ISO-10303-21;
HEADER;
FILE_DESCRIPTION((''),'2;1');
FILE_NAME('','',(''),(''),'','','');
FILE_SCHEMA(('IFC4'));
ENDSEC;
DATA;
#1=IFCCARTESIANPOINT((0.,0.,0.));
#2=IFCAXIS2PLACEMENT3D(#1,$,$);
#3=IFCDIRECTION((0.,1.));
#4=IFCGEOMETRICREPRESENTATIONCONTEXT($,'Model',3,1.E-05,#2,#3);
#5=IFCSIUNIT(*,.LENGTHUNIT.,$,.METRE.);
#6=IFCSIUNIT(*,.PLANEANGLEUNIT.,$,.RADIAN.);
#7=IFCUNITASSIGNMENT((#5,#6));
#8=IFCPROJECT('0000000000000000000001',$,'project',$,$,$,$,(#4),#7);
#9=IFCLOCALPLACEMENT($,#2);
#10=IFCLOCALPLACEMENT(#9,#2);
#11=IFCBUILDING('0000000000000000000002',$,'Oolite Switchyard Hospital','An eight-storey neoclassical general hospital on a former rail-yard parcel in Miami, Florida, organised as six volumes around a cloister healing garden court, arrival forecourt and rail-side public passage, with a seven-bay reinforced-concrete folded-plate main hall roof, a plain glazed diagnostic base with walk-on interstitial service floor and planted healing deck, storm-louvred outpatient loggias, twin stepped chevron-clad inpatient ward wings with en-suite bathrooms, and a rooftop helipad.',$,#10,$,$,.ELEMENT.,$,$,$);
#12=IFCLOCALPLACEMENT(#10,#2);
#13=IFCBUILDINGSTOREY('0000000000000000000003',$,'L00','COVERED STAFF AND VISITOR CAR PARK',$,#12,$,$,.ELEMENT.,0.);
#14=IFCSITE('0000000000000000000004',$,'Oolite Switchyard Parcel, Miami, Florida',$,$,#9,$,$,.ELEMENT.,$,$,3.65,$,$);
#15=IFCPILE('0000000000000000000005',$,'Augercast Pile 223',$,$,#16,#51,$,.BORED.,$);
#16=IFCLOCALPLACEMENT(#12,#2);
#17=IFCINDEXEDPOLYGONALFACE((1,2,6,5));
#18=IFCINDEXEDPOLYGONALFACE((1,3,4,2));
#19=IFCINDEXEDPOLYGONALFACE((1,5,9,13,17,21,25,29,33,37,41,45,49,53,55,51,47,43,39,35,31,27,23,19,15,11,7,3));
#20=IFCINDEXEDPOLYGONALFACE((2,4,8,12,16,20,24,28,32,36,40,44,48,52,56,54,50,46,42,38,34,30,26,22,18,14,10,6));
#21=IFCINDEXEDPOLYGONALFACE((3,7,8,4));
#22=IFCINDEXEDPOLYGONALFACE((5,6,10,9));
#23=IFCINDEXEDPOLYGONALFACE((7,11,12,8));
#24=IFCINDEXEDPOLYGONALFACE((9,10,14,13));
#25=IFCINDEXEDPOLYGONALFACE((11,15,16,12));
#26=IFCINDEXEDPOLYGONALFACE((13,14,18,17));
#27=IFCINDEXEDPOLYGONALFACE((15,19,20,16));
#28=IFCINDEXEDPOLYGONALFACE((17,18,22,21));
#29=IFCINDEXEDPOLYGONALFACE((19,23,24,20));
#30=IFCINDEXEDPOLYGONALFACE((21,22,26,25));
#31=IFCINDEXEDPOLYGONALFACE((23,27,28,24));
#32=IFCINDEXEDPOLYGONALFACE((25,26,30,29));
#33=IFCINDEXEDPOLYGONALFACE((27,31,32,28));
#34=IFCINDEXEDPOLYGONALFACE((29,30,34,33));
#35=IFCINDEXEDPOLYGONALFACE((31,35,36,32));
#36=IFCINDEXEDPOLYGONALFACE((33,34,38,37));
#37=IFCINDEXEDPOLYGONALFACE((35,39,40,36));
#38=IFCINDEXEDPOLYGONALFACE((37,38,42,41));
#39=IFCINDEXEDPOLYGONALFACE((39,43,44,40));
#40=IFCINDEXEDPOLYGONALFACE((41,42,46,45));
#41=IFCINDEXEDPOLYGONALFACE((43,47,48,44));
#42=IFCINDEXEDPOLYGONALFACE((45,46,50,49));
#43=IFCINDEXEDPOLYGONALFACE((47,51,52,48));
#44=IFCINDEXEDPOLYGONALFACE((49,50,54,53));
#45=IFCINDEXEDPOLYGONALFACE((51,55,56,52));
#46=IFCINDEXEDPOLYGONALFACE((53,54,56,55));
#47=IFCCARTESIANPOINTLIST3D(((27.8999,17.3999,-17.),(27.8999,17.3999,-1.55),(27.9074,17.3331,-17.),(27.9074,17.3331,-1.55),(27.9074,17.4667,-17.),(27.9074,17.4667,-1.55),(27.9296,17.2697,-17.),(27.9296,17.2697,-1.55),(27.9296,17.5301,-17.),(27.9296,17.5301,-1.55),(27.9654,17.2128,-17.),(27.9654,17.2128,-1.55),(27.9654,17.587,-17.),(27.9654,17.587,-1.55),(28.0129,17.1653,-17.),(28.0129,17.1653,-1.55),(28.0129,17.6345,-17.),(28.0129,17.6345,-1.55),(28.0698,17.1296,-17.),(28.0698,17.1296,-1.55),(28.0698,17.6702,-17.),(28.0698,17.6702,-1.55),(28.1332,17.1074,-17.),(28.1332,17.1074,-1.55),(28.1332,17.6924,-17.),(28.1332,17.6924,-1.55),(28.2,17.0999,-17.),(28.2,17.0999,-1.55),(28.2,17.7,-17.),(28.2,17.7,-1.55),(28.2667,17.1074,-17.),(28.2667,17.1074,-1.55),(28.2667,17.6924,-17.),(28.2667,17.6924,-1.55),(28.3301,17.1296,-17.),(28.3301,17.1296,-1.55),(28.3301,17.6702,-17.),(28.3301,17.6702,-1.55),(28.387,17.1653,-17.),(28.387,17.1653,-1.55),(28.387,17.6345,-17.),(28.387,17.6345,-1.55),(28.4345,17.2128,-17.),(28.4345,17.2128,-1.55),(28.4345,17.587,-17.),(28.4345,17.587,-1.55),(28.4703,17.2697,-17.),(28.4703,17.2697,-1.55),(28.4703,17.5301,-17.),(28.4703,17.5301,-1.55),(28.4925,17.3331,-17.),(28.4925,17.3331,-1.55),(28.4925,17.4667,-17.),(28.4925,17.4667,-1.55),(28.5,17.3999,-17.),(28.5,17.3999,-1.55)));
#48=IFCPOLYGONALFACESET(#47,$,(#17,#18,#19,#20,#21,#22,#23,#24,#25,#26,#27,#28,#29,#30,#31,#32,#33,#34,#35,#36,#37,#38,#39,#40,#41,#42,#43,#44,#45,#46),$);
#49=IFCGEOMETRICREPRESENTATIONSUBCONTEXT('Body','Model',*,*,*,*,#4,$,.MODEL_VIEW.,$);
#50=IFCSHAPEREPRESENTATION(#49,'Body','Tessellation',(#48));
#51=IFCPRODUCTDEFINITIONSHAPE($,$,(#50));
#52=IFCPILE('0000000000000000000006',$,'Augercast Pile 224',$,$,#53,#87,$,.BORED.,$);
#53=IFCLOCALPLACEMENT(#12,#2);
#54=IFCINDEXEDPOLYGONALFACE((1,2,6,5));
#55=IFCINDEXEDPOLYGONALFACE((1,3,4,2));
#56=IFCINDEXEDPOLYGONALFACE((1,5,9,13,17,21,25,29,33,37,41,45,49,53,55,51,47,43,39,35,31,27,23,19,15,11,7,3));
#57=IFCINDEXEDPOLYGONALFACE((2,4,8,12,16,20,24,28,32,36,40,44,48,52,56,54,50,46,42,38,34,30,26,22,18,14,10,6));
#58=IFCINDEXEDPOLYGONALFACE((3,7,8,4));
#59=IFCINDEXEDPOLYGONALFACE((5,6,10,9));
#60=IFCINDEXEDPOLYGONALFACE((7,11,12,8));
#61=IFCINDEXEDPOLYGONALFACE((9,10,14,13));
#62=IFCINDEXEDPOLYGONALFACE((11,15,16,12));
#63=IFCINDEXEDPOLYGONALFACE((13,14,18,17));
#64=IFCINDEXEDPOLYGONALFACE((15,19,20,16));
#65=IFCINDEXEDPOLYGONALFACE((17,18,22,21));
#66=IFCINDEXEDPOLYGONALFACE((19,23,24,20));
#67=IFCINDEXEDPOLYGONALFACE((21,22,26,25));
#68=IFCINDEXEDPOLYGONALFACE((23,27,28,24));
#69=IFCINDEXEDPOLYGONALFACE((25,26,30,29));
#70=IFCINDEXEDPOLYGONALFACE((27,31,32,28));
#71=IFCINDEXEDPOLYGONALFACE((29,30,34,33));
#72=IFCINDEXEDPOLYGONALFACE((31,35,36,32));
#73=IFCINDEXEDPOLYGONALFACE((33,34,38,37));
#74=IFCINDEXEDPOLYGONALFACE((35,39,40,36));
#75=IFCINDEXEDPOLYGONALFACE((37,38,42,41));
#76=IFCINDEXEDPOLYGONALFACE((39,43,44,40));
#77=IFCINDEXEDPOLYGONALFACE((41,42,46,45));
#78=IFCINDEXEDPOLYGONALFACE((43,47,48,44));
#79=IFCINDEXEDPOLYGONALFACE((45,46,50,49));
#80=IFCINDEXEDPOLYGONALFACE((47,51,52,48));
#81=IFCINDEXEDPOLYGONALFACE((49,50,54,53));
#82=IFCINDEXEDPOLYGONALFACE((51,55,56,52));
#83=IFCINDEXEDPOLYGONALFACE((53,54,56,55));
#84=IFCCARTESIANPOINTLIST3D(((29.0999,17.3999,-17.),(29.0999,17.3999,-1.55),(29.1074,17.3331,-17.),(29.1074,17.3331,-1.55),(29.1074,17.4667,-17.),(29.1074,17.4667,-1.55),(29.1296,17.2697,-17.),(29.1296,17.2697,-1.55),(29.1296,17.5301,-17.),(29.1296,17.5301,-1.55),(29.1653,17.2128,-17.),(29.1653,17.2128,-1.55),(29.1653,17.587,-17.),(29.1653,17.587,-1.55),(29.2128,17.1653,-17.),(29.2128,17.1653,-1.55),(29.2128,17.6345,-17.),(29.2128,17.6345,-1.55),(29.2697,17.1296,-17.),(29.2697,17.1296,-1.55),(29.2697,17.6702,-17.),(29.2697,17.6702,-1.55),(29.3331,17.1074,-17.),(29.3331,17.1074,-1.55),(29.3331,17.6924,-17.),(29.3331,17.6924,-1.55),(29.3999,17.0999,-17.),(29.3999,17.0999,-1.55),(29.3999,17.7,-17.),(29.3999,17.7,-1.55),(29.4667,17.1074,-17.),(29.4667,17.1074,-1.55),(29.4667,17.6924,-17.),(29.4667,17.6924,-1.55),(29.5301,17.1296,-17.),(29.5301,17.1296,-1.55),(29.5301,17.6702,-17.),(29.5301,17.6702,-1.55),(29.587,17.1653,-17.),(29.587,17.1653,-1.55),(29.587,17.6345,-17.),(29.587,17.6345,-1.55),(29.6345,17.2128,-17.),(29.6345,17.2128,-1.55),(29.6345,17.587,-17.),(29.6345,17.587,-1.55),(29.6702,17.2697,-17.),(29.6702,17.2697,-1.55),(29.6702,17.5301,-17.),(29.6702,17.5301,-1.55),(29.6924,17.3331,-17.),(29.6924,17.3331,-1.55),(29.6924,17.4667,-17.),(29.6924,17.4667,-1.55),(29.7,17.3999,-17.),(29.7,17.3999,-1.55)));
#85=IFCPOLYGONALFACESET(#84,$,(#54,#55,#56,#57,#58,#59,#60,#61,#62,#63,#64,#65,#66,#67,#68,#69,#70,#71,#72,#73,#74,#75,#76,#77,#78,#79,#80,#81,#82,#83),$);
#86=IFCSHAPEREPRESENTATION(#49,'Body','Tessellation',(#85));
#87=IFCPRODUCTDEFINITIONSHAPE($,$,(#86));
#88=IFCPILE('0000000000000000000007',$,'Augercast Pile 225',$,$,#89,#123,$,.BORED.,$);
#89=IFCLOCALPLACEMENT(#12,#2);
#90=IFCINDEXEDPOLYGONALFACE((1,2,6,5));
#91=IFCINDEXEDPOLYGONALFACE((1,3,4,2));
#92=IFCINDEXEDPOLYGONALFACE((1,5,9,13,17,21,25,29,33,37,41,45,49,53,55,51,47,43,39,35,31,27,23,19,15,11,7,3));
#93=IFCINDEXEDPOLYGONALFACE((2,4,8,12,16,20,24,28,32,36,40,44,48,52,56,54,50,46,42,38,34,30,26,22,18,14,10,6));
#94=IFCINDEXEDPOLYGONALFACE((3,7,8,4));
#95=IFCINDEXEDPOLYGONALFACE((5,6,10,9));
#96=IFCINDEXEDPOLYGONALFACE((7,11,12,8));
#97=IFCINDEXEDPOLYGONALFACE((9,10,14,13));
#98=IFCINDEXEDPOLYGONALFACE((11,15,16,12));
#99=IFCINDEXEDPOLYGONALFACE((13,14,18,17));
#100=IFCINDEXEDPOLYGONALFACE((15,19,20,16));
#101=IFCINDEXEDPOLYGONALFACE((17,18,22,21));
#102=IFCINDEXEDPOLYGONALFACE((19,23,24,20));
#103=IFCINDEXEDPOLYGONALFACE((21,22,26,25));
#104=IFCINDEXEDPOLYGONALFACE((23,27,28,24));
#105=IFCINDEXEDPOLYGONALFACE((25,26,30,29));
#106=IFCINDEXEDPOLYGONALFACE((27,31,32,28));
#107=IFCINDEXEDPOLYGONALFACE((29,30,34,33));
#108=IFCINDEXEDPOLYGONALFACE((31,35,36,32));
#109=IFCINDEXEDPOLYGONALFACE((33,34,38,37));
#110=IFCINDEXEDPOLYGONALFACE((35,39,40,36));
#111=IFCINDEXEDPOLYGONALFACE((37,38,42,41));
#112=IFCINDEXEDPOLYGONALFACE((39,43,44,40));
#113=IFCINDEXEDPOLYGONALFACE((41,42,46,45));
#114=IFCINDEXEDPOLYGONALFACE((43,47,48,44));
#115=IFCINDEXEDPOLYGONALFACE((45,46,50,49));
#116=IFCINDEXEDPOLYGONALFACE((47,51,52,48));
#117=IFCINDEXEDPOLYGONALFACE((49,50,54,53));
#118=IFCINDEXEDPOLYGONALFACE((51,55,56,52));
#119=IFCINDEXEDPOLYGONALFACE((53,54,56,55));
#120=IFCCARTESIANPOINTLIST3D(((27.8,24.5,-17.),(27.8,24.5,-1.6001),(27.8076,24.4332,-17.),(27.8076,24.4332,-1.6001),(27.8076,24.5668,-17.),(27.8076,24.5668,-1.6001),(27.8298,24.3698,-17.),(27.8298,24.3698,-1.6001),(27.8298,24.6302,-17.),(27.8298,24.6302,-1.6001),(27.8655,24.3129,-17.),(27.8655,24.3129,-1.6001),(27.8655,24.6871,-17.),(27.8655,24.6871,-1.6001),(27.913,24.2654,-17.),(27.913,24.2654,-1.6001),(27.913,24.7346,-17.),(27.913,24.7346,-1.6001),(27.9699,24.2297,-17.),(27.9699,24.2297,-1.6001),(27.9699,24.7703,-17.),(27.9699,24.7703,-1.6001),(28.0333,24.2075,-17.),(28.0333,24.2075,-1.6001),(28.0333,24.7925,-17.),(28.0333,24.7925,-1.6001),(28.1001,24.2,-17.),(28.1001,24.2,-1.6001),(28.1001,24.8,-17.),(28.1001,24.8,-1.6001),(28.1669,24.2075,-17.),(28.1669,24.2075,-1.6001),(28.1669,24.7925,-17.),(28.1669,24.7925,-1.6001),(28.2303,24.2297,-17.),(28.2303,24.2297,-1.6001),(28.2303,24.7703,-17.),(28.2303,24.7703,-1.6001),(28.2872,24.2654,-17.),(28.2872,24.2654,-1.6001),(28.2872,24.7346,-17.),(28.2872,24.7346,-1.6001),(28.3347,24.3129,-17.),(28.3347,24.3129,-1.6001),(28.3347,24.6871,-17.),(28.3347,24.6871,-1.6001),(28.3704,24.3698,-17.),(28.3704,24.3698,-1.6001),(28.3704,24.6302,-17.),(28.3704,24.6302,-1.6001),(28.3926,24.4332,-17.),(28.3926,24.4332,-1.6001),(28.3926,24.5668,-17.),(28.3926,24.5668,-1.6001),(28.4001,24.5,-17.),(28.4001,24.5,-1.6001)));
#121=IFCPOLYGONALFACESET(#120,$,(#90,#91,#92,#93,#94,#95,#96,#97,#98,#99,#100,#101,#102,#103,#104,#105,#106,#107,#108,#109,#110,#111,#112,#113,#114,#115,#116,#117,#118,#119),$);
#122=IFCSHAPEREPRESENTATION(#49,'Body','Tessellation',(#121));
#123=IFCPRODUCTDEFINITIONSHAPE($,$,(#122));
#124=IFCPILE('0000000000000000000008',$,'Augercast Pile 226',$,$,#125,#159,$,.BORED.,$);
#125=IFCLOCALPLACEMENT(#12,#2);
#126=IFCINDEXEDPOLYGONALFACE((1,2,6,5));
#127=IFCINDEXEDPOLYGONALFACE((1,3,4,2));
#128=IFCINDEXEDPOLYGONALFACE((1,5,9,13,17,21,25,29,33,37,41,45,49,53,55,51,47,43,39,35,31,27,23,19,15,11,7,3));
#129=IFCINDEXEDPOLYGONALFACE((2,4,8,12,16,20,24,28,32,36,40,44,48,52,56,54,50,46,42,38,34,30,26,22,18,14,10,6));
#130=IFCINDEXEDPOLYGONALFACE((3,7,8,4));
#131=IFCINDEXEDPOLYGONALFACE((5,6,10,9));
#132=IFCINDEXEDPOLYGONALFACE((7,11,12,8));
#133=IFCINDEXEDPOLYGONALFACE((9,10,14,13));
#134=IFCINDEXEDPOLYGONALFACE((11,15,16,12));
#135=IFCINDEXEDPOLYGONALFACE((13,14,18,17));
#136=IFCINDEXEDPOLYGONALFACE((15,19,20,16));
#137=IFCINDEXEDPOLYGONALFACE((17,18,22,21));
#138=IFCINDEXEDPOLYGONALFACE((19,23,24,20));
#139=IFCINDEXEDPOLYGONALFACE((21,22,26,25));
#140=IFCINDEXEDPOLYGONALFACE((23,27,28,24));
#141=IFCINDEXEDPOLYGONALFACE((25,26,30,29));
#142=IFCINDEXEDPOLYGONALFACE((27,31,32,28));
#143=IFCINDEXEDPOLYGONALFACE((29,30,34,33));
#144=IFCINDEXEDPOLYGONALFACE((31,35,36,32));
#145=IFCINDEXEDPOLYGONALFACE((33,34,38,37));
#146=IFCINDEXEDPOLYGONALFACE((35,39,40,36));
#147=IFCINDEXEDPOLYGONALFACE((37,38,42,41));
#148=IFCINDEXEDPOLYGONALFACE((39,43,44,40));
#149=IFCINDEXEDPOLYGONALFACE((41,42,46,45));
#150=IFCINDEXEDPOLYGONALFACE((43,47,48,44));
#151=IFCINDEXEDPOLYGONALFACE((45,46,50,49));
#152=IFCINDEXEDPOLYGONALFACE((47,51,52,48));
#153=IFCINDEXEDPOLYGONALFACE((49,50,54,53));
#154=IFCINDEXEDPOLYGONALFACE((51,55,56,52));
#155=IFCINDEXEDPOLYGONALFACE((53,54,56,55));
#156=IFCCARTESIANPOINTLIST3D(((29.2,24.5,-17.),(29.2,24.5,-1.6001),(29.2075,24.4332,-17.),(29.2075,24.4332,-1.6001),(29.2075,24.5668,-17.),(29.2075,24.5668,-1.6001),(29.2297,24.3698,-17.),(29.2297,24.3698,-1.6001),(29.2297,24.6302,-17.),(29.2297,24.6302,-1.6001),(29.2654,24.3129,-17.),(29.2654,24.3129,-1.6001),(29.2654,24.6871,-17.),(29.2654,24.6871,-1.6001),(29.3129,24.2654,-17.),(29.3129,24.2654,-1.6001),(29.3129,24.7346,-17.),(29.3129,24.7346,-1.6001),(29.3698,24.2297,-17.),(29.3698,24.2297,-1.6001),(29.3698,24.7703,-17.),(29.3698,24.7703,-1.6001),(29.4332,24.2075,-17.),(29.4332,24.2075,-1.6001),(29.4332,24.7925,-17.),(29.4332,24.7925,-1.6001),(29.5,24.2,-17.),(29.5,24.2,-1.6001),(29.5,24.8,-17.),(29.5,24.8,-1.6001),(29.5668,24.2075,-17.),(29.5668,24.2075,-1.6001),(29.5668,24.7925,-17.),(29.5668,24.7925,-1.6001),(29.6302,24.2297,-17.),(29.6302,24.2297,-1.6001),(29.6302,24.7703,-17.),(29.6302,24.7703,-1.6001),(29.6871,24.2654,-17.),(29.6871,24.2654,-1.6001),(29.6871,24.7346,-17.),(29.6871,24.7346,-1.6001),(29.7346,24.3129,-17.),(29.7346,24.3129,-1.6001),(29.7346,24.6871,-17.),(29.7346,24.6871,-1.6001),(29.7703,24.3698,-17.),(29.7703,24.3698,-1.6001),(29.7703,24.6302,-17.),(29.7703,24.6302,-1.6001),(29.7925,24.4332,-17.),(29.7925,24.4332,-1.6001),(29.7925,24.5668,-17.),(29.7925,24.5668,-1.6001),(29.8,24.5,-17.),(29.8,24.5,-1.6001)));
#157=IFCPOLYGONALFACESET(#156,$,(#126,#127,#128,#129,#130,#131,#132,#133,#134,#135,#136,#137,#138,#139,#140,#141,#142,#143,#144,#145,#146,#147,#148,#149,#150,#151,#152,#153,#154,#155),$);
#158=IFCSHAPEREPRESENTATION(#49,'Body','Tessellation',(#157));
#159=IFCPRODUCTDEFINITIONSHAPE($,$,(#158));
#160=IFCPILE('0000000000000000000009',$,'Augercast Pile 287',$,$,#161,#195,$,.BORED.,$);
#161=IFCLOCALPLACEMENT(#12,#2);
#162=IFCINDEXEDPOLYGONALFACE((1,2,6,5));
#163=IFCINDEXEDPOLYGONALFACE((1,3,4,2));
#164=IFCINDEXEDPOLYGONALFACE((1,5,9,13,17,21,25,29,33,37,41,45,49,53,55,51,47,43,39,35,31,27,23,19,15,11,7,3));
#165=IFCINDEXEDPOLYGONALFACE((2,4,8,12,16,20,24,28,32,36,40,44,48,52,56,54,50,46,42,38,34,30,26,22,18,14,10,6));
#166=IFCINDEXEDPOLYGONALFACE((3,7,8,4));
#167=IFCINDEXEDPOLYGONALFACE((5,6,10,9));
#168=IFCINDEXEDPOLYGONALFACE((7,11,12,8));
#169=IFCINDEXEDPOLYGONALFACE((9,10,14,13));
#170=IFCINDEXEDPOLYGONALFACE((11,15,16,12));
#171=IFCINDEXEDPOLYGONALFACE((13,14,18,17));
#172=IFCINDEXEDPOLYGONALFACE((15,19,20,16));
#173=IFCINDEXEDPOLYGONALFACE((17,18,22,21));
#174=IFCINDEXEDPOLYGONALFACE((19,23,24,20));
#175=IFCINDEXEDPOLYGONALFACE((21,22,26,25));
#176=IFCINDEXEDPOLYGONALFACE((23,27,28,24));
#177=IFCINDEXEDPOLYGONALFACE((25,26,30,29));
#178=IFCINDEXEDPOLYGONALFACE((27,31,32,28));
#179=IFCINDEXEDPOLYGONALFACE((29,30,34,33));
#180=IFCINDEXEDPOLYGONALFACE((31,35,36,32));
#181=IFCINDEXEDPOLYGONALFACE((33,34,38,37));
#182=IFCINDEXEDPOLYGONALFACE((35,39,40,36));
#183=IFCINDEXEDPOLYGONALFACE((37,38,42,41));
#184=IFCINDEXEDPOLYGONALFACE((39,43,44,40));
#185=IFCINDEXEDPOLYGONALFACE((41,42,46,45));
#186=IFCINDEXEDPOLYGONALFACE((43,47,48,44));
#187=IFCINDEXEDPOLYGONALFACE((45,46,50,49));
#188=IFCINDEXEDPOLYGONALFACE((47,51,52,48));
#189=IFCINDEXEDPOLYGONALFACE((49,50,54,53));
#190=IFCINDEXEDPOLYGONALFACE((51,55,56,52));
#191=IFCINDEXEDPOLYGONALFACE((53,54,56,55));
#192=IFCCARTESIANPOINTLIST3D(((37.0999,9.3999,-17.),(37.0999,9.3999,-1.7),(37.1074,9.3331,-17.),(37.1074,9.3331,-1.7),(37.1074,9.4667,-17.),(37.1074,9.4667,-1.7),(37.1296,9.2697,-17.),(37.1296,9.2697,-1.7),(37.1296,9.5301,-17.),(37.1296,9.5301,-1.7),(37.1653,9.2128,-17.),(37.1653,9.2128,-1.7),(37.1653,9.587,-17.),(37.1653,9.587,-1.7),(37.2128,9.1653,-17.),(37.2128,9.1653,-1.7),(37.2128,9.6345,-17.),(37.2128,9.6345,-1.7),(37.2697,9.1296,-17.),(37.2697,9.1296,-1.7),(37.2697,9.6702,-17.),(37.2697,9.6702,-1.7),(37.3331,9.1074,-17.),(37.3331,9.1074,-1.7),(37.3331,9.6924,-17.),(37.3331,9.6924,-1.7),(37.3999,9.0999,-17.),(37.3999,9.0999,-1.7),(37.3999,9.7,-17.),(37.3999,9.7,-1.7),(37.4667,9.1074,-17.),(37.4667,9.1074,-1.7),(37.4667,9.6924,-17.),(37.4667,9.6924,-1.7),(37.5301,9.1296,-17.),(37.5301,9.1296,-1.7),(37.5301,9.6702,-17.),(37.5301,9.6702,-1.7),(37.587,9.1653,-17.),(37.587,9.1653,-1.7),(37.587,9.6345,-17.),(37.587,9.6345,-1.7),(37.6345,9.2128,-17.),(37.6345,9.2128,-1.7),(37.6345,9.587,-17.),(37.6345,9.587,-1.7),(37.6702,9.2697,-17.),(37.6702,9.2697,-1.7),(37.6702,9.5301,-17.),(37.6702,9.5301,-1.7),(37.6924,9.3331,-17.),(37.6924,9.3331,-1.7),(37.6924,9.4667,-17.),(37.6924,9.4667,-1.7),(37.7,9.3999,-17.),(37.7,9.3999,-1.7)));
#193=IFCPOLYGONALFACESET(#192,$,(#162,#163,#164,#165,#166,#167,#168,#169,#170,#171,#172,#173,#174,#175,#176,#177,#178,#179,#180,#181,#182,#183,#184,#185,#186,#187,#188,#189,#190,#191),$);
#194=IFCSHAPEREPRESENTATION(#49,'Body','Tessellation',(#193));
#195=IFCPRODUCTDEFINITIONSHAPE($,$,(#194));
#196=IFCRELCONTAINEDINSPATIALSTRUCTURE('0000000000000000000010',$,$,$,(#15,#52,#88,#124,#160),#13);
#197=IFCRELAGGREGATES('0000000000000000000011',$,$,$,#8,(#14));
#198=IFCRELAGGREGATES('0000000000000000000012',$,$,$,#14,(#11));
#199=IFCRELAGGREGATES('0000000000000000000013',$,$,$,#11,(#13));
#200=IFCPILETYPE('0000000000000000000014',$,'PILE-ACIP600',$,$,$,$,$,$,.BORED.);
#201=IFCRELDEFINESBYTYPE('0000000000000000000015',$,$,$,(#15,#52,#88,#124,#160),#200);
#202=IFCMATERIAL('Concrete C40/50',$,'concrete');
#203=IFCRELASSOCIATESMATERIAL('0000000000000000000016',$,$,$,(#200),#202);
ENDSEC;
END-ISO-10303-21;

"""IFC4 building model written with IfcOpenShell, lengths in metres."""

from ifc_helpers import new_model, si_unit, direction, frame, origin, origin_2d, place, context, subcontext, project, spatial, circle, extrude, material, material_profile, profile_set, type_object, element, save


model = new_model("IFC4")

# Units and contexts
model_context = context("Model", 3, precision=1e-05, world=origin(), true_north=direction((0.0, 1.0)))
body_context = subcontext(model_context, "Body", "Model", "MODEL_VIEW")
ifc_project = project(units=[si_unit("LENGTHUNIT", "METRE"), si_unit("PLANEANGLEUNIT", "RADIAN")], contexts=[model_context])

# Site, building, storey
site_placement = place(None, origin())
site = spatial("IfcSite", under=ifc_project, at=site_placement, Name="Oolite Switchyard Parcel, Miami, Florida", CompositionType="ELEMENT", RefElevation=3.65)
building_placement = place(site_placement, origin())
building = spatial("IfcBuilding", under=site, at=building_placement, Name="Oolite Switchyard Hospital", Description="An eight-storey neoclassical general hospital on a former rail-yard parcel in Miami, Florida, organised as six volumes around a cloister healing garden court, arrival forecourt and rail-side public passage, with a seven-bay reinforced-concrete folded-plate main hall roof, a plain glazed diagnostic base with walk-on interstitial service floor and planted healing deck, storm-louvred outpatient loggias, twin stepped chevron-clad inpatient ward wings with en-suite bathrooms, and a rooftop helipad.", CompositionType="ELEMENT")
storey_placement = place(building_placement, origin())
storey = spatial("IfcBuildingStorey", under=building, at=storey_placement, Name="L00", Description="COVERED STAFF AND VISITOR CAR PARK", CompositionType="ELEMENT", Elevation=0.0)

# Shared definitions
ifc_material_1 = material(Name="Concrete C40/50", Category="concrete")

# Piles
ifc_material_profile_1 = material_profile(ifc_material_1, circle(Radius=0.3, at=origin_2d()), Name="PILE600")
ifc_profile_set_1 = profile_set([ifc_material_profile_1], Name="Concrete C40/50")
pile_type = type_object("IfcPileType", Name="PILE-ACIP600", PredefinedType="BORED", material=ifc_profile_set_1)
for number, where, z_axis, x_axis, name in (
    (1, (28.2, 17.3999, -1.55), (0.0, 0.0, -1.0), (1.0, 0.0, 0.0), "Augercast Pile 223"),
    (2, (29.3999, 17.3999, -1.55), (0.0, 0.0, -1.0), (1.0, 0.0, 0.0), "Augercast Pile 224"),
):
    element("IfcPile", number, at=place(storey_placement, frame(where, z_axis=z_axis, x_axis=x_axis)), inside=storey, type_object=pile_type, Name=name, PredefinedType="BORED", context=body_context, shape_type="SweptSolid", body=[
        extrude(circle(Radius=0.3, at=origin_2d()), origin(), (0.0, 0.0, 1.0), 15.45),
    ])
for number, where, z_axis, x_axis, name in (
    (3, (28.1001, 24.5, -1.6001), (0.0, 0.0, -1.0), (1.0, 0.0, 0.0), "Augercast Pile 225"),
    (4, (29.5, 24.5, -1.6001), (0.0, 0.0, -1.0), (1.0, 0.0, 0.0), "Augercast Pile 226"),
):
    element("IfcPile", number, at=place(storey_placement, frame(where, z_axis=z_axis, x_axis=x_axis)), inside=storey, type_object=pile_type, Name=name, PredefinedType="BORED", context=body_context, shape_type="SweptSolid", body=[
        extrude(circle(Radius=0.3, at=origin_2d()), origin(), (0.0, 0.0, 1.0), 15.3999),
    ])
pile_1_placement = place(storey_placement, frame((37.3999, 9.3999, -1.7), z_axis=(0.0, 0.0, -1.0), x_axis=(1.0, 0.0, 0.0)))
element("IfcPile", 5, at=pile_1_placement, inside=storey, type_object=pile_type, Name="Augercast Pile 287", PredefinedType="BORED", context=body_context, shape_type="SweptSolid", body=[
    extrude(circle(Radius=0.3, at=origin_2d()), origin(), (0.0, 0.0, 1.0), 15.3),
])

save(model, "model.ifc")
